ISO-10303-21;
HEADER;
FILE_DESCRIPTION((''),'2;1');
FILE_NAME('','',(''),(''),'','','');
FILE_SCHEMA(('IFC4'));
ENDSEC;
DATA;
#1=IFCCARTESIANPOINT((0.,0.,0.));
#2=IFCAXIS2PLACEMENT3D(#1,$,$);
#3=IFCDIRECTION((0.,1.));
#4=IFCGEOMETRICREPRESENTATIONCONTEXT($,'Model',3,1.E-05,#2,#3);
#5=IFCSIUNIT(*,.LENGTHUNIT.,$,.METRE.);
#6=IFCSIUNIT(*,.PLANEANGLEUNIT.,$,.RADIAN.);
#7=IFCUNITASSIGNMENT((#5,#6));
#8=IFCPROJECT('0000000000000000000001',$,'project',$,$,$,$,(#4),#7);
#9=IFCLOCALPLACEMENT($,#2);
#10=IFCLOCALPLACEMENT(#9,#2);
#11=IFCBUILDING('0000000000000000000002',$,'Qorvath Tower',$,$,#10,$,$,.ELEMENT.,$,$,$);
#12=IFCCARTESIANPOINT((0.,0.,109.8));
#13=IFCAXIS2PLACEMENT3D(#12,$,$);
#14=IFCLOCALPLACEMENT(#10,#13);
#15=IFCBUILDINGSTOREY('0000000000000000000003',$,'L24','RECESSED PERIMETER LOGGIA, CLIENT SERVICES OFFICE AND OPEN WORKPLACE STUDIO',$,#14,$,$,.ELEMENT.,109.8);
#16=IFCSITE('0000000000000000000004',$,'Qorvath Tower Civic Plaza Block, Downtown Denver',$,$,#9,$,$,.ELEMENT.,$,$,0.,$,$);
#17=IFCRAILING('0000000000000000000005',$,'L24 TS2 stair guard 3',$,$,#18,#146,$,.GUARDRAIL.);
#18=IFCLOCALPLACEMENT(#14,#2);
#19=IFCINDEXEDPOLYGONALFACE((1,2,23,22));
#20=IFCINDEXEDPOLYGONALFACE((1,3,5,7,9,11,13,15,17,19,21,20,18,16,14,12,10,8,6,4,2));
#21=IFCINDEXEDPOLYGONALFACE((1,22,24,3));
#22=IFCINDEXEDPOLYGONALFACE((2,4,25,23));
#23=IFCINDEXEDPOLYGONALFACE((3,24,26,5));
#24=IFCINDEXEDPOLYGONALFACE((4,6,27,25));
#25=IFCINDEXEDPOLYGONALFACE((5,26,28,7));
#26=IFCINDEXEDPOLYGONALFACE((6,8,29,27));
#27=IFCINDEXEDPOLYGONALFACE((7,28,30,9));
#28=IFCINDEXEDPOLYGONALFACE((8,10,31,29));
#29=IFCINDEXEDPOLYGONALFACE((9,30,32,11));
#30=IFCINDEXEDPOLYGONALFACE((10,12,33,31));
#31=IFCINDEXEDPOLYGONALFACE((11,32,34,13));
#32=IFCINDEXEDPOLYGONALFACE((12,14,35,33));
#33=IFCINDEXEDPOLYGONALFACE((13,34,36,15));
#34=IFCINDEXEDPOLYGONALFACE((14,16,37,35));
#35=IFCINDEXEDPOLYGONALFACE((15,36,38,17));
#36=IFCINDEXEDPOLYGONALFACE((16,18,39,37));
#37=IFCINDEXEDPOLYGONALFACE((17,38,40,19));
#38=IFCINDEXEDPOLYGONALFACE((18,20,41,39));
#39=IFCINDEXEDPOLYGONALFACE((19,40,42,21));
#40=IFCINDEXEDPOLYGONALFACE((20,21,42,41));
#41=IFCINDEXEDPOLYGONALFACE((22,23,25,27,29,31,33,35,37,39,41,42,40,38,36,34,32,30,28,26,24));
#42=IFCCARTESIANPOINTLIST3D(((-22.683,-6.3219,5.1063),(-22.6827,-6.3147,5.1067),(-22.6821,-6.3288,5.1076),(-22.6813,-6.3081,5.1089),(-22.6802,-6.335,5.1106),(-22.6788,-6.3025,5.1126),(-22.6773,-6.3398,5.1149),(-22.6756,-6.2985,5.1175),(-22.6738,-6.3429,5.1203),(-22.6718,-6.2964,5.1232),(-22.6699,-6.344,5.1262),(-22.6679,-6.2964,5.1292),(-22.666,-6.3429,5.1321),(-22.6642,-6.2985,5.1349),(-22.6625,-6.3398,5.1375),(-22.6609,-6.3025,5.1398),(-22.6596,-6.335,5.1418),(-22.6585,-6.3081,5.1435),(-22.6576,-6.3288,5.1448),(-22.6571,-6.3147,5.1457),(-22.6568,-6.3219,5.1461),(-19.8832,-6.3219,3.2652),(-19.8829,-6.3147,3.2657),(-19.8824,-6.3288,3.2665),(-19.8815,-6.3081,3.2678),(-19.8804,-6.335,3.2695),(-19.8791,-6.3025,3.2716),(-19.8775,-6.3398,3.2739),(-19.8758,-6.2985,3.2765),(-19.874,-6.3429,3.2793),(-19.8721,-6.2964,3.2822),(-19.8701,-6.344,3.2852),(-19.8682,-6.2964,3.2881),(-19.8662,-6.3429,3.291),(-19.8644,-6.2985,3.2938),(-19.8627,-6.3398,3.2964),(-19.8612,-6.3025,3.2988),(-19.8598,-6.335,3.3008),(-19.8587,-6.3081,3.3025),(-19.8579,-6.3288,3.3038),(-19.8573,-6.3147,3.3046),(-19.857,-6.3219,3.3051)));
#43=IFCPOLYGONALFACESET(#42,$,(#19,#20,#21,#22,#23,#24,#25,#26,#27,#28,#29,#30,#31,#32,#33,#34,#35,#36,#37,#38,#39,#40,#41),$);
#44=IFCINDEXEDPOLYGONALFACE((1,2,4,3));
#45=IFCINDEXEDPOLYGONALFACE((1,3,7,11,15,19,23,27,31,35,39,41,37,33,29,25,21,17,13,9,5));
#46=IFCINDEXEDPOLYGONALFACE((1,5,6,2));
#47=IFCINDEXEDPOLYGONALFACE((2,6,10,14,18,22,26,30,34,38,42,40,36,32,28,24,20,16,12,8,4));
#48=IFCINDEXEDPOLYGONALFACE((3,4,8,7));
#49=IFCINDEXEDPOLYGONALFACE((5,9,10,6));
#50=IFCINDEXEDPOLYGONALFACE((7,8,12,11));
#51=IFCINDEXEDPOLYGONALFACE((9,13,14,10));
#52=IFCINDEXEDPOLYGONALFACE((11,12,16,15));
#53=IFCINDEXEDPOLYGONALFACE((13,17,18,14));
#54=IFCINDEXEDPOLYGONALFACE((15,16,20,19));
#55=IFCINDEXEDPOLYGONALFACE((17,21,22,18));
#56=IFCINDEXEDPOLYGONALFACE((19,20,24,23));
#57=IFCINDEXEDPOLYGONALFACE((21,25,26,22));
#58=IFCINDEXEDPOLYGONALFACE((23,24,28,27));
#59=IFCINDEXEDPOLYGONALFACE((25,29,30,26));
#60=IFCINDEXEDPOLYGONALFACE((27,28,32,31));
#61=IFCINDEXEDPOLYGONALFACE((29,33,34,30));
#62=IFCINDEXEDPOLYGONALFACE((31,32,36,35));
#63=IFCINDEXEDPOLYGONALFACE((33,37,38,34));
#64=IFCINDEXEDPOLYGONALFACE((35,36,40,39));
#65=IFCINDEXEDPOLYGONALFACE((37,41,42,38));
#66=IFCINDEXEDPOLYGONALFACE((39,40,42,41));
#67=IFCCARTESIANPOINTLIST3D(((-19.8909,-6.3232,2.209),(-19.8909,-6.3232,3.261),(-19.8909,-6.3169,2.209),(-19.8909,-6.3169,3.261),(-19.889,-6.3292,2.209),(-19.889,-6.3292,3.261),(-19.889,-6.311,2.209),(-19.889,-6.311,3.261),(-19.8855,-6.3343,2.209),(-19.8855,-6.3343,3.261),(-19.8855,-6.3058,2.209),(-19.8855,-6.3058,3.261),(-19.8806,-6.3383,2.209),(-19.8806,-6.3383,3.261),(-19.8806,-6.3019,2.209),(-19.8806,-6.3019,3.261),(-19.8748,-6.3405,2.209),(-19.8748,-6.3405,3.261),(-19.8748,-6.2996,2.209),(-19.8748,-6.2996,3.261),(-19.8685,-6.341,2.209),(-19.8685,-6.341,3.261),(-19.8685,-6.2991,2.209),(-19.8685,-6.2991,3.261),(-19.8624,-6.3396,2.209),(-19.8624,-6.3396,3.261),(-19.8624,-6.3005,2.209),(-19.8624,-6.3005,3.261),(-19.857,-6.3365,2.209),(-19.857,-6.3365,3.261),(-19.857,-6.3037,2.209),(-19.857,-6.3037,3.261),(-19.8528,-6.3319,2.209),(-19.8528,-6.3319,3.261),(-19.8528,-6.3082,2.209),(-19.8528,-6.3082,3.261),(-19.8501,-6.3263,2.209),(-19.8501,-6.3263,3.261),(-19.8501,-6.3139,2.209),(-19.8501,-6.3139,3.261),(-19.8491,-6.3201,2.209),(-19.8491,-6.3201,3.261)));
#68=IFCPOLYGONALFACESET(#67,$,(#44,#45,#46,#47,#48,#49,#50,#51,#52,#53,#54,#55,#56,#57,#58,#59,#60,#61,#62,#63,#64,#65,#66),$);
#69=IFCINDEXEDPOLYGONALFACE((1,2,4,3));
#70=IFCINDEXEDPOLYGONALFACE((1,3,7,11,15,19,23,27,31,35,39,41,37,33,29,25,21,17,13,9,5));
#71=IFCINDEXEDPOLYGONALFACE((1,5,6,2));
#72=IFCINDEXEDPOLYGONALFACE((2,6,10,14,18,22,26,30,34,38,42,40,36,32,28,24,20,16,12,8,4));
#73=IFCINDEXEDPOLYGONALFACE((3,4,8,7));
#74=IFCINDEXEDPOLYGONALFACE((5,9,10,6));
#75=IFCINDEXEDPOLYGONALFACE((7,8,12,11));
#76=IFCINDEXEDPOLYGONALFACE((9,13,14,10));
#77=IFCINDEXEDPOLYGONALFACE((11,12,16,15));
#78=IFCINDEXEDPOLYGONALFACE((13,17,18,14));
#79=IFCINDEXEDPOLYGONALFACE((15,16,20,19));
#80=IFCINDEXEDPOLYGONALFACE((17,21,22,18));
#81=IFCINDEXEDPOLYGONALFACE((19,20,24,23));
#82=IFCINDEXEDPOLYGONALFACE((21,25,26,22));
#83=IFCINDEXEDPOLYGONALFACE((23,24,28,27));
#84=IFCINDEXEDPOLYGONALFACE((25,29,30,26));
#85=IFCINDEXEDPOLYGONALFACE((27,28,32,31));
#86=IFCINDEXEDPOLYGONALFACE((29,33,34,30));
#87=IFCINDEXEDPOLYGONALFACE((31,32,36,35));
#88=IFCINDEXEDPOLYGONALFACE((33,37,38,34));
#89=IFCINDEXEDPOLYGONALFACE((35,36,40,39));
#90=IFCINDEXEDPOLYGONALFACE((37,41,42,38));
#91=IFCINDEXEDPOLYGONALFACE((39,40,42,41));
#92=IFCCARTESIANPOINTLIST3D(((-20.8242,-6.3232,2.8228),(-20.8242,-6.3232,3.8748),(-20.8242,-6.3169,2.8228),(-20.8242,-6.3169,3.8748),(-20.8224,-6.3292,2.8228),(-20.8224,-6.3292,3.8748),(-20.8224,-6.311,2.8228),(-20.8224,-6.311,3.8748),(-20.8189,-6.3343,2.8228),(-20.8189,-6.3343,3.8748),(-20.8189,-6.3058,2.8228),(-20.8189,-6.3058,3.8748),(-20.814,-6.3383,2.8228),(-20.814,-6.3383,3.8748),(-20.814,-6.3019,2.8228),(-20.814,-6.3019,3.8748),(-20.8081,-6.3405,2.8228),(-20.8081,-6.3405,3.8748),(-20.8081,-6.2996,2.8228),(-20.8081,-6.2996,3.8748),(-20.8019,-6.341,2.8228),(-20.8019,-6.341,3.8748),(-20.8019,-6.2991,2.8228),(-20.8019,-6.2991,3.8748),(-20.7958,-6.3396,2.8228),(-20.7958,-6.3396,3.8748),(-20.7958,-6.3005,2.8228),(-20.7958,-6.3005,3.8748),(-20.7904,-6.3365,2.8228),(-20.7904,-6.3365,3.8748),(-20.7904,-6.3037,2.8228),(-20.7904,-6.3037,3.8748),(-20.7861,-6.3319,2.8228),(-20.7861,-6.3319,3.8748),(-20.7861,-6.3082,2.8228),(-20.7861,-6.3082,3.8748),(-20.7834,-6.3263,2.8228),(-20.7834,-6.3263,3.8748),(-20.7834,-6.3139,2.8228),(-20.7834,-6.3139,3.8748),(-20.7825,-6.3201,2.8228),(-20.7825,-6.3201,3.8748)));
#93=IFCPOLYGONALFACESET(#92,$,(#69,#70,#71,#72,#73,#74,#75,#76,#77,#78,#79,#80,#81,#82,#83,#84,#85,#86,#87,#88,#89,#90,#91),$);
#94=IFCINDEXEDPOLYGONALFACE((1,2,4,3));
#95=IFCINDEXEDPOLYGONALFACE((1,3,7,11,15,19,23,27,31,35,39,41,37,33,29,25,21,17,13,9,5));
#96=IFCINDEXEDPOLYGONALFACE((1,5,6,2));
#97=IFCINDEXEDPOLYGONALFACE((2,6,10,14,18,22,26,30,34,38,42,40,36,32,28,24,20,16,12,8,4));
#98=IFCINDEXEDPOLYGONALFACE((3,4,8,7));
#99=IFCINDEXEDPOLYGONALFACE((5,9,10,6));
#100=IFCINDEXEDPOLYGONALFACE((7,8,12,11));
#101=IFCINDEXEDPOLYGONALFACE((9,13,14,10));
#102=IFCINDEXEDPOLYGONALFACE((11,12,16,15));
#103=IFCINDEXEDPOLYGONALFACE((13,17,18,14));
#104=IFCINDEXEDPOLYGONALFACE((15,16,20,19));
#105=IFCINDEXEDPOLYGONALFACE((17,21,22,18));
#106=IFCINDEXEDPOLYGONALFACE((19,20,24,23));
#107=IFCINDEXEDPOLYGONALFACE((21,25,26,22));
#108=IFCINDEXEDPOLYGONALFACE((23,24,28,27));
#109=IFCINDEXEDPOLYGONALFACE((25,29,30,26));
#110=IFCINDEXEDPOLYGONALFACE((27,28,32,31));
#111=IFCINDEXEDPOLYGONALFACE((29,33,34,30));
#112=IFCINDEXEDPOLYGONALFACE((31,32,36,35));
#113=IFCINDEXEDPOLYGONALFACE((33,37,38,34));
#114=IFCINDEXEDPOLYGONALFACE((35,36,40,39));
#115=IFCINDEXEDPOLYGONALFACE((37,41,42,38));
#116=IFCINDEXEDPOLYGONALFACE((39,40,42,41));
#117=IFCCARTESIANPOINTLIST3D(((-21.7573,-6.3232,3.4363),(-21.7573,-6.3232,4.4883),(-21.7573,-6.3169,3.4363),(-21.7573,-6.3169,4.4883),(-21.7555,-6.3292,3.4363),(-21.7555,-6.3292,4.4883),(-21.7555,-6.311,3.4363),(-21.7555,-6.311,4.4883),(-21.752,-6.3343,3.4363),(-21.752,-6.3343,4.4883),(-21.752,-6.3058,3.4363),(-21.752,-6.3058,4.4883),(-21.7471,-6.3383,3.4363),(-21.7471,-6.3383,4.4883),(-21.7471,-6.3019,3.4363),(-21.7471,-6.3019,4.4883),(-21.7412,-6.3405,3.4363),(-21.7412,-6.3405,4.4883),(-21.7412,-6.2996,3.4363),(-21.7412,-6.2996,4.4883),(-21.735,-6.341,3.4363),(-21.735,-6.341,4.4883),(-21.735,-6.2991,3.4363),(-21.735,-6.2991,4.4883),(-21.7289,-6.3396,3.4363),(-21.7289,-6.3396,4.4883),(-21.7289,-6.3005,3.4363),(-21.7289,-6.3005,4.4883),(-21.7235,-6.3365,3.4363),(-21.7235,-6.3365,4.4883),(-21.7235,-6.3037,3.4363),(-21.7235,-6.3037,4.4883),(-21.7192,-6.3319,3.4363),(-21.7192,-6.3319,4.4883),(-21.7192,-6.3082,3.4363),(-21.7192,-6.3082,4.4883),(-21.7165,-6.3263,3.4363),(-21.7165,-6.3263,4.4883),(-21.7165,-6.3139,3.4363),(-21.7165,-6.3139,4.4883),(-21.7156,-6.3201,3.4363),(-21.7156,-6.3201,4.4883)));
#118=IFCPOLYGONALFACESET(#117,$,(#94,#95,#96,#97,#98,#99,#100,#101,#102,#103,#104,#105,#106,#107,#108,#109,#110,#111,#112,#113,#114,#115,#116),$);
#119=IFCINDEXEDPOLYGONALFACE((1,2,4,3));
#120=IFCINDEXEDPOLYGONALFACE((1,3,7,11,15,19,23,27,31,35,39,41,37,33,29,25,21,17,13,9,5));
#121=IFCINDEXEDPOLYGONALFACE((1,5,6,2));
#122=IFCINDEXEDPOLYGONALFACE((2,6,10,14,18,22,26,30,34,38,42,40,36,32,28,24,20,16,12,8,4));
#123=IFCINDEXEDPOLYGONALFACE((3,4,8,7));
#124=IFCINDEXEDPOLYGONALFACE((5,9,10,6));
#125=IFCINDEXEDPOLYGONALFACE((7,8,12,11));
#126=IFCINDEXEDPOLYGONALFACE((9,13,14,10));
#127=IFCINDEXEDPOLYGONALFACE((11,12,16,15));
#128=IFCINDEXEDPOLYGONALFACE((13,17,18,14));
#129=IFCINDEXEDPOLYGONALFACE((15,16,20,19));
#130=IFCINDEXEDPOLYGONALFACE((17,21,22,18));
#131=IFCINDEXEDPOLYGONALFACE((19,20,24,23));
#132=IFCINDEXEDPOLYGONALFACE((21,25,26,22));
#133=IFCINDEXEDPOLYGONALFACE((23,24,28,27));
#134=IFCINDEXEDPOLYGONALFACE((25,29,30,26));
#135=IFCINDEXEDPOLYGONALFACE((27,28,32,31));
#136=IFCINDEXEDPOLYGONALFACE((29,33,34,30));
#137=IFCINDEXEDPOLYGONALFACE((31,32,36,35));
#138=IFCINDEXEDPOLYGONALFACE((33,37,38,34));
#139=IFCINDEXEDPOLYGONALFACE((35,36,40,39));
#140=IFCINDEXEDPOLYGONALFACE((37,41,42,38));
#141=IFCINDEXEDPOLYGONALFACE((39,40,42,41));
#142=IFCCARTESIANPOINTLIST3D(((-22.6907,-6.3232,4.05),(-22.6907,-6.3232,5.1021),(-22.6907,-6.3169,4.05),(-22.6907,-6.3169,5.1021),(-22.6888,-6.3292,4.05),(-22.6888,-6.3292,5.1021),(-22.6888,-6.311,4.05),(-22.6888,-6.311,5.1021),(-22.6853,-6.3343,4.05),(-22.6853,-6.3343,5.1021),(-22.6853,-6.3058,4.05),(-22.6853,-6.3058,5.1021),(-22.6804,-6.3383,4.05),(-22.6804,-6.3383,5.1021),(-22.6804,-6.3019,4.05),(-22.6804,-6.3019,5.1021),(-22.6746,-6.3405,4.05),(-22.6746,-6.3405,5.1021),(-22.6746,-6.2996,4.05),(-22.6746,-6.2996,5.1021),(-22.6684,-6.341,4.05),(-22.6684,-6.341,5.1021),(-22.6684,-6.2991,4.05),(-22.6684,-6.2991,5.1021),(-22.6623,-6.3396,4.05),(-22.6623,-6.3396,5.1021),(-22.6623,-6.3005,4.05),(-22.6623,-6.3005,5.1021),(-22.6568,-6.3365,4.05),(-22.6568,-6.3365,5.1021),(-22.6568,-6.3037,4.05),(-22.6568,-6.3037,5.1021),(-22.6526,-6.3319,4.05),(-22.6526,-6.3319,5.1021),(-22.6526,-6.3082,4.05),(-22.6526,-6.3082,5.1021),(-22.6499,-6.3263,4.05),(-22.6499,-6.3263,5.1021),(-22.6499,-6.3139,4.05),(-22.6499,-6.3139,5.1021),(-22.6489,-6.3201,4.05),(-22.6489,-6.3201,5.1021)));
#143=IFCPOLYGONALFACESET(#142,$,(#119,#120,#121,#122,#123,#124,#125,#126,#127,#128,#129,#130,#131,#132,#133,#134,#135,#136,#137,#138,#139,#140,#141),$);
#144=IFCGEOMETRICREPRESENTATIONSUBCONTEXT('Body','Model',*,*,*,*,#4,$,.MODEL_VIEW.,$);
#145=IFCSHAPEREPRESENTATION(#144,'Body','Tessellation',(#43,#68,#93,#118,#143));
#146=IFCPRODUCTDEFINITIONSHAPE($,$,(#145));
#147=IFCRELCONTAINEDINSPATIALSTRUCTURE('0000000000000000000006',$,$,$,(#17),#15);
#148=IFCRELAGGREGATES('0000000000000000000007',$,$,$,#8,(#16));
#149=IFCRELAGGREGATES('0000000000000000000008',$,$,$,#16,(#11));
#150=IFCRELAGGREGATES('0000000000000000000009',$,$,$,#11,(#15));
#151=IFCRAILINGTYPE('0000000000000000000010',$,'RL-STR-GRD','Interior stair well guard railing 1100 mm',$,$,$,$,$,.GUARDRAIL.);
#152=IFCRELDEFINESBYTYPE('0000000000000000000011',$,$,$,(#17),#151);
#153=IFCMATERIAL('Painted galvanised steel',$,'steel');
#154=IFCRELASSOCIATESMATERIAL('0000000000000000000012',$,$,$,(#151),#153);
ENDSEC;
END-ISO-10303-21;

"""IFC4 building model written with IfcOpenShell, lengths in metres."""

from ifc_helpers import new_model, si_unit, direction, frame, origin, origin_2d, place, context, subcontext, project, spatial, circle, extrude, material, type_object, element, save


model = new_model("IFC4")

# Units and contexts
model_context = context("Model", 3, precision=1e-05, world=origin(), true_north=direction((0.0, 1.0)))
body_context = subcontext(model_context, "Body", "Model", "MODEL_VIEW")
ifc_project = project(units=[si_unit("LENGTHUNIT", "METRE"), si_unit("PLANEANGLEUNIT", "RADIAN")], contexts=[model_context])

# Site, building, storey
site_placement = place(None, origin())
site = spatial("IfcSite", under=ifc_project, at=site_placement, Name="Qorvath Tower Civic Plaza Block, Downtown Denver", CompositionType="ELEMENT", RefElevation=0.0)
building_placement = place(site_placement, origin())
building = spatial("IfcBuilding", under=site, at=building_placement, Name="Qorvath Tower", CompositionType="ELEMENT")
storey_placement = place(building_placement, frame((0.0, 0.0, 109.8)))
storey = spatial("IfcBuildingStorey", under=building, at=storey_placement, Name="L24", Description="RECESSED PERIMETER LOGGIA, CLIENT SERVICES OFFICE AND OPEN WORKPLACE STUDIO", CompositionType="ELEMENT", Elevation=109.8)

# Railing
ifc_material_1 = material(Name="Painted galvanised steel", Category="steel")
railing_type_1 = type_object("IfcRailingType", Name="RL-STR-GRD", Description="Interior stair well guard railing 1100 mm", PredefinedType="GUARDRAIL", material=ifc_material_1)
railing_1_placement = place(storey_placement, frame((-19.8701, -6.3201, 2.209)))
element("IfcRailing", 1, at=railing_1_placement, inside=storey, type_object=railing_type_1, Name="L24 TS2 stair guard 3", PredefinedType="GUARDRAIL", context=body_context, shape_type="SweptSolid", body=[
    extrude(circle(Radius=0.0239, at=origin_2d()), frame((0.0, 0.0, 1.0762), z_axis=(-0.835542, 0.0, 0.549426), x_axis=(0.0, -1.0, 0.0)), (0.0, 0.0, 1.0), 3.3508),
    extrude(circle(Radius=0.021, at=origin_2d()), origin(), (0.0, 0.0, 1.0), 1.052),
    extrude(circle(Radius=0.021, at=origin_2d()), frame((-0.9333, 0.0, 0.6138)), (0.0, 0.0, 1.0), 1.052),
    extrude(circle(Radius=0.021, at=origin_2d()), frame((-1.8665, 0.0, 1.2273)), (0.0, 0.0, 1.0), 1.052),
    extrude(circle(Radius=0.021, at=origin_2d()), frame((-2.7998, 0.0, 1.8411)), (0.0, 0.0, 1.0), 1.052),
])

save(model, "model.ifc")
